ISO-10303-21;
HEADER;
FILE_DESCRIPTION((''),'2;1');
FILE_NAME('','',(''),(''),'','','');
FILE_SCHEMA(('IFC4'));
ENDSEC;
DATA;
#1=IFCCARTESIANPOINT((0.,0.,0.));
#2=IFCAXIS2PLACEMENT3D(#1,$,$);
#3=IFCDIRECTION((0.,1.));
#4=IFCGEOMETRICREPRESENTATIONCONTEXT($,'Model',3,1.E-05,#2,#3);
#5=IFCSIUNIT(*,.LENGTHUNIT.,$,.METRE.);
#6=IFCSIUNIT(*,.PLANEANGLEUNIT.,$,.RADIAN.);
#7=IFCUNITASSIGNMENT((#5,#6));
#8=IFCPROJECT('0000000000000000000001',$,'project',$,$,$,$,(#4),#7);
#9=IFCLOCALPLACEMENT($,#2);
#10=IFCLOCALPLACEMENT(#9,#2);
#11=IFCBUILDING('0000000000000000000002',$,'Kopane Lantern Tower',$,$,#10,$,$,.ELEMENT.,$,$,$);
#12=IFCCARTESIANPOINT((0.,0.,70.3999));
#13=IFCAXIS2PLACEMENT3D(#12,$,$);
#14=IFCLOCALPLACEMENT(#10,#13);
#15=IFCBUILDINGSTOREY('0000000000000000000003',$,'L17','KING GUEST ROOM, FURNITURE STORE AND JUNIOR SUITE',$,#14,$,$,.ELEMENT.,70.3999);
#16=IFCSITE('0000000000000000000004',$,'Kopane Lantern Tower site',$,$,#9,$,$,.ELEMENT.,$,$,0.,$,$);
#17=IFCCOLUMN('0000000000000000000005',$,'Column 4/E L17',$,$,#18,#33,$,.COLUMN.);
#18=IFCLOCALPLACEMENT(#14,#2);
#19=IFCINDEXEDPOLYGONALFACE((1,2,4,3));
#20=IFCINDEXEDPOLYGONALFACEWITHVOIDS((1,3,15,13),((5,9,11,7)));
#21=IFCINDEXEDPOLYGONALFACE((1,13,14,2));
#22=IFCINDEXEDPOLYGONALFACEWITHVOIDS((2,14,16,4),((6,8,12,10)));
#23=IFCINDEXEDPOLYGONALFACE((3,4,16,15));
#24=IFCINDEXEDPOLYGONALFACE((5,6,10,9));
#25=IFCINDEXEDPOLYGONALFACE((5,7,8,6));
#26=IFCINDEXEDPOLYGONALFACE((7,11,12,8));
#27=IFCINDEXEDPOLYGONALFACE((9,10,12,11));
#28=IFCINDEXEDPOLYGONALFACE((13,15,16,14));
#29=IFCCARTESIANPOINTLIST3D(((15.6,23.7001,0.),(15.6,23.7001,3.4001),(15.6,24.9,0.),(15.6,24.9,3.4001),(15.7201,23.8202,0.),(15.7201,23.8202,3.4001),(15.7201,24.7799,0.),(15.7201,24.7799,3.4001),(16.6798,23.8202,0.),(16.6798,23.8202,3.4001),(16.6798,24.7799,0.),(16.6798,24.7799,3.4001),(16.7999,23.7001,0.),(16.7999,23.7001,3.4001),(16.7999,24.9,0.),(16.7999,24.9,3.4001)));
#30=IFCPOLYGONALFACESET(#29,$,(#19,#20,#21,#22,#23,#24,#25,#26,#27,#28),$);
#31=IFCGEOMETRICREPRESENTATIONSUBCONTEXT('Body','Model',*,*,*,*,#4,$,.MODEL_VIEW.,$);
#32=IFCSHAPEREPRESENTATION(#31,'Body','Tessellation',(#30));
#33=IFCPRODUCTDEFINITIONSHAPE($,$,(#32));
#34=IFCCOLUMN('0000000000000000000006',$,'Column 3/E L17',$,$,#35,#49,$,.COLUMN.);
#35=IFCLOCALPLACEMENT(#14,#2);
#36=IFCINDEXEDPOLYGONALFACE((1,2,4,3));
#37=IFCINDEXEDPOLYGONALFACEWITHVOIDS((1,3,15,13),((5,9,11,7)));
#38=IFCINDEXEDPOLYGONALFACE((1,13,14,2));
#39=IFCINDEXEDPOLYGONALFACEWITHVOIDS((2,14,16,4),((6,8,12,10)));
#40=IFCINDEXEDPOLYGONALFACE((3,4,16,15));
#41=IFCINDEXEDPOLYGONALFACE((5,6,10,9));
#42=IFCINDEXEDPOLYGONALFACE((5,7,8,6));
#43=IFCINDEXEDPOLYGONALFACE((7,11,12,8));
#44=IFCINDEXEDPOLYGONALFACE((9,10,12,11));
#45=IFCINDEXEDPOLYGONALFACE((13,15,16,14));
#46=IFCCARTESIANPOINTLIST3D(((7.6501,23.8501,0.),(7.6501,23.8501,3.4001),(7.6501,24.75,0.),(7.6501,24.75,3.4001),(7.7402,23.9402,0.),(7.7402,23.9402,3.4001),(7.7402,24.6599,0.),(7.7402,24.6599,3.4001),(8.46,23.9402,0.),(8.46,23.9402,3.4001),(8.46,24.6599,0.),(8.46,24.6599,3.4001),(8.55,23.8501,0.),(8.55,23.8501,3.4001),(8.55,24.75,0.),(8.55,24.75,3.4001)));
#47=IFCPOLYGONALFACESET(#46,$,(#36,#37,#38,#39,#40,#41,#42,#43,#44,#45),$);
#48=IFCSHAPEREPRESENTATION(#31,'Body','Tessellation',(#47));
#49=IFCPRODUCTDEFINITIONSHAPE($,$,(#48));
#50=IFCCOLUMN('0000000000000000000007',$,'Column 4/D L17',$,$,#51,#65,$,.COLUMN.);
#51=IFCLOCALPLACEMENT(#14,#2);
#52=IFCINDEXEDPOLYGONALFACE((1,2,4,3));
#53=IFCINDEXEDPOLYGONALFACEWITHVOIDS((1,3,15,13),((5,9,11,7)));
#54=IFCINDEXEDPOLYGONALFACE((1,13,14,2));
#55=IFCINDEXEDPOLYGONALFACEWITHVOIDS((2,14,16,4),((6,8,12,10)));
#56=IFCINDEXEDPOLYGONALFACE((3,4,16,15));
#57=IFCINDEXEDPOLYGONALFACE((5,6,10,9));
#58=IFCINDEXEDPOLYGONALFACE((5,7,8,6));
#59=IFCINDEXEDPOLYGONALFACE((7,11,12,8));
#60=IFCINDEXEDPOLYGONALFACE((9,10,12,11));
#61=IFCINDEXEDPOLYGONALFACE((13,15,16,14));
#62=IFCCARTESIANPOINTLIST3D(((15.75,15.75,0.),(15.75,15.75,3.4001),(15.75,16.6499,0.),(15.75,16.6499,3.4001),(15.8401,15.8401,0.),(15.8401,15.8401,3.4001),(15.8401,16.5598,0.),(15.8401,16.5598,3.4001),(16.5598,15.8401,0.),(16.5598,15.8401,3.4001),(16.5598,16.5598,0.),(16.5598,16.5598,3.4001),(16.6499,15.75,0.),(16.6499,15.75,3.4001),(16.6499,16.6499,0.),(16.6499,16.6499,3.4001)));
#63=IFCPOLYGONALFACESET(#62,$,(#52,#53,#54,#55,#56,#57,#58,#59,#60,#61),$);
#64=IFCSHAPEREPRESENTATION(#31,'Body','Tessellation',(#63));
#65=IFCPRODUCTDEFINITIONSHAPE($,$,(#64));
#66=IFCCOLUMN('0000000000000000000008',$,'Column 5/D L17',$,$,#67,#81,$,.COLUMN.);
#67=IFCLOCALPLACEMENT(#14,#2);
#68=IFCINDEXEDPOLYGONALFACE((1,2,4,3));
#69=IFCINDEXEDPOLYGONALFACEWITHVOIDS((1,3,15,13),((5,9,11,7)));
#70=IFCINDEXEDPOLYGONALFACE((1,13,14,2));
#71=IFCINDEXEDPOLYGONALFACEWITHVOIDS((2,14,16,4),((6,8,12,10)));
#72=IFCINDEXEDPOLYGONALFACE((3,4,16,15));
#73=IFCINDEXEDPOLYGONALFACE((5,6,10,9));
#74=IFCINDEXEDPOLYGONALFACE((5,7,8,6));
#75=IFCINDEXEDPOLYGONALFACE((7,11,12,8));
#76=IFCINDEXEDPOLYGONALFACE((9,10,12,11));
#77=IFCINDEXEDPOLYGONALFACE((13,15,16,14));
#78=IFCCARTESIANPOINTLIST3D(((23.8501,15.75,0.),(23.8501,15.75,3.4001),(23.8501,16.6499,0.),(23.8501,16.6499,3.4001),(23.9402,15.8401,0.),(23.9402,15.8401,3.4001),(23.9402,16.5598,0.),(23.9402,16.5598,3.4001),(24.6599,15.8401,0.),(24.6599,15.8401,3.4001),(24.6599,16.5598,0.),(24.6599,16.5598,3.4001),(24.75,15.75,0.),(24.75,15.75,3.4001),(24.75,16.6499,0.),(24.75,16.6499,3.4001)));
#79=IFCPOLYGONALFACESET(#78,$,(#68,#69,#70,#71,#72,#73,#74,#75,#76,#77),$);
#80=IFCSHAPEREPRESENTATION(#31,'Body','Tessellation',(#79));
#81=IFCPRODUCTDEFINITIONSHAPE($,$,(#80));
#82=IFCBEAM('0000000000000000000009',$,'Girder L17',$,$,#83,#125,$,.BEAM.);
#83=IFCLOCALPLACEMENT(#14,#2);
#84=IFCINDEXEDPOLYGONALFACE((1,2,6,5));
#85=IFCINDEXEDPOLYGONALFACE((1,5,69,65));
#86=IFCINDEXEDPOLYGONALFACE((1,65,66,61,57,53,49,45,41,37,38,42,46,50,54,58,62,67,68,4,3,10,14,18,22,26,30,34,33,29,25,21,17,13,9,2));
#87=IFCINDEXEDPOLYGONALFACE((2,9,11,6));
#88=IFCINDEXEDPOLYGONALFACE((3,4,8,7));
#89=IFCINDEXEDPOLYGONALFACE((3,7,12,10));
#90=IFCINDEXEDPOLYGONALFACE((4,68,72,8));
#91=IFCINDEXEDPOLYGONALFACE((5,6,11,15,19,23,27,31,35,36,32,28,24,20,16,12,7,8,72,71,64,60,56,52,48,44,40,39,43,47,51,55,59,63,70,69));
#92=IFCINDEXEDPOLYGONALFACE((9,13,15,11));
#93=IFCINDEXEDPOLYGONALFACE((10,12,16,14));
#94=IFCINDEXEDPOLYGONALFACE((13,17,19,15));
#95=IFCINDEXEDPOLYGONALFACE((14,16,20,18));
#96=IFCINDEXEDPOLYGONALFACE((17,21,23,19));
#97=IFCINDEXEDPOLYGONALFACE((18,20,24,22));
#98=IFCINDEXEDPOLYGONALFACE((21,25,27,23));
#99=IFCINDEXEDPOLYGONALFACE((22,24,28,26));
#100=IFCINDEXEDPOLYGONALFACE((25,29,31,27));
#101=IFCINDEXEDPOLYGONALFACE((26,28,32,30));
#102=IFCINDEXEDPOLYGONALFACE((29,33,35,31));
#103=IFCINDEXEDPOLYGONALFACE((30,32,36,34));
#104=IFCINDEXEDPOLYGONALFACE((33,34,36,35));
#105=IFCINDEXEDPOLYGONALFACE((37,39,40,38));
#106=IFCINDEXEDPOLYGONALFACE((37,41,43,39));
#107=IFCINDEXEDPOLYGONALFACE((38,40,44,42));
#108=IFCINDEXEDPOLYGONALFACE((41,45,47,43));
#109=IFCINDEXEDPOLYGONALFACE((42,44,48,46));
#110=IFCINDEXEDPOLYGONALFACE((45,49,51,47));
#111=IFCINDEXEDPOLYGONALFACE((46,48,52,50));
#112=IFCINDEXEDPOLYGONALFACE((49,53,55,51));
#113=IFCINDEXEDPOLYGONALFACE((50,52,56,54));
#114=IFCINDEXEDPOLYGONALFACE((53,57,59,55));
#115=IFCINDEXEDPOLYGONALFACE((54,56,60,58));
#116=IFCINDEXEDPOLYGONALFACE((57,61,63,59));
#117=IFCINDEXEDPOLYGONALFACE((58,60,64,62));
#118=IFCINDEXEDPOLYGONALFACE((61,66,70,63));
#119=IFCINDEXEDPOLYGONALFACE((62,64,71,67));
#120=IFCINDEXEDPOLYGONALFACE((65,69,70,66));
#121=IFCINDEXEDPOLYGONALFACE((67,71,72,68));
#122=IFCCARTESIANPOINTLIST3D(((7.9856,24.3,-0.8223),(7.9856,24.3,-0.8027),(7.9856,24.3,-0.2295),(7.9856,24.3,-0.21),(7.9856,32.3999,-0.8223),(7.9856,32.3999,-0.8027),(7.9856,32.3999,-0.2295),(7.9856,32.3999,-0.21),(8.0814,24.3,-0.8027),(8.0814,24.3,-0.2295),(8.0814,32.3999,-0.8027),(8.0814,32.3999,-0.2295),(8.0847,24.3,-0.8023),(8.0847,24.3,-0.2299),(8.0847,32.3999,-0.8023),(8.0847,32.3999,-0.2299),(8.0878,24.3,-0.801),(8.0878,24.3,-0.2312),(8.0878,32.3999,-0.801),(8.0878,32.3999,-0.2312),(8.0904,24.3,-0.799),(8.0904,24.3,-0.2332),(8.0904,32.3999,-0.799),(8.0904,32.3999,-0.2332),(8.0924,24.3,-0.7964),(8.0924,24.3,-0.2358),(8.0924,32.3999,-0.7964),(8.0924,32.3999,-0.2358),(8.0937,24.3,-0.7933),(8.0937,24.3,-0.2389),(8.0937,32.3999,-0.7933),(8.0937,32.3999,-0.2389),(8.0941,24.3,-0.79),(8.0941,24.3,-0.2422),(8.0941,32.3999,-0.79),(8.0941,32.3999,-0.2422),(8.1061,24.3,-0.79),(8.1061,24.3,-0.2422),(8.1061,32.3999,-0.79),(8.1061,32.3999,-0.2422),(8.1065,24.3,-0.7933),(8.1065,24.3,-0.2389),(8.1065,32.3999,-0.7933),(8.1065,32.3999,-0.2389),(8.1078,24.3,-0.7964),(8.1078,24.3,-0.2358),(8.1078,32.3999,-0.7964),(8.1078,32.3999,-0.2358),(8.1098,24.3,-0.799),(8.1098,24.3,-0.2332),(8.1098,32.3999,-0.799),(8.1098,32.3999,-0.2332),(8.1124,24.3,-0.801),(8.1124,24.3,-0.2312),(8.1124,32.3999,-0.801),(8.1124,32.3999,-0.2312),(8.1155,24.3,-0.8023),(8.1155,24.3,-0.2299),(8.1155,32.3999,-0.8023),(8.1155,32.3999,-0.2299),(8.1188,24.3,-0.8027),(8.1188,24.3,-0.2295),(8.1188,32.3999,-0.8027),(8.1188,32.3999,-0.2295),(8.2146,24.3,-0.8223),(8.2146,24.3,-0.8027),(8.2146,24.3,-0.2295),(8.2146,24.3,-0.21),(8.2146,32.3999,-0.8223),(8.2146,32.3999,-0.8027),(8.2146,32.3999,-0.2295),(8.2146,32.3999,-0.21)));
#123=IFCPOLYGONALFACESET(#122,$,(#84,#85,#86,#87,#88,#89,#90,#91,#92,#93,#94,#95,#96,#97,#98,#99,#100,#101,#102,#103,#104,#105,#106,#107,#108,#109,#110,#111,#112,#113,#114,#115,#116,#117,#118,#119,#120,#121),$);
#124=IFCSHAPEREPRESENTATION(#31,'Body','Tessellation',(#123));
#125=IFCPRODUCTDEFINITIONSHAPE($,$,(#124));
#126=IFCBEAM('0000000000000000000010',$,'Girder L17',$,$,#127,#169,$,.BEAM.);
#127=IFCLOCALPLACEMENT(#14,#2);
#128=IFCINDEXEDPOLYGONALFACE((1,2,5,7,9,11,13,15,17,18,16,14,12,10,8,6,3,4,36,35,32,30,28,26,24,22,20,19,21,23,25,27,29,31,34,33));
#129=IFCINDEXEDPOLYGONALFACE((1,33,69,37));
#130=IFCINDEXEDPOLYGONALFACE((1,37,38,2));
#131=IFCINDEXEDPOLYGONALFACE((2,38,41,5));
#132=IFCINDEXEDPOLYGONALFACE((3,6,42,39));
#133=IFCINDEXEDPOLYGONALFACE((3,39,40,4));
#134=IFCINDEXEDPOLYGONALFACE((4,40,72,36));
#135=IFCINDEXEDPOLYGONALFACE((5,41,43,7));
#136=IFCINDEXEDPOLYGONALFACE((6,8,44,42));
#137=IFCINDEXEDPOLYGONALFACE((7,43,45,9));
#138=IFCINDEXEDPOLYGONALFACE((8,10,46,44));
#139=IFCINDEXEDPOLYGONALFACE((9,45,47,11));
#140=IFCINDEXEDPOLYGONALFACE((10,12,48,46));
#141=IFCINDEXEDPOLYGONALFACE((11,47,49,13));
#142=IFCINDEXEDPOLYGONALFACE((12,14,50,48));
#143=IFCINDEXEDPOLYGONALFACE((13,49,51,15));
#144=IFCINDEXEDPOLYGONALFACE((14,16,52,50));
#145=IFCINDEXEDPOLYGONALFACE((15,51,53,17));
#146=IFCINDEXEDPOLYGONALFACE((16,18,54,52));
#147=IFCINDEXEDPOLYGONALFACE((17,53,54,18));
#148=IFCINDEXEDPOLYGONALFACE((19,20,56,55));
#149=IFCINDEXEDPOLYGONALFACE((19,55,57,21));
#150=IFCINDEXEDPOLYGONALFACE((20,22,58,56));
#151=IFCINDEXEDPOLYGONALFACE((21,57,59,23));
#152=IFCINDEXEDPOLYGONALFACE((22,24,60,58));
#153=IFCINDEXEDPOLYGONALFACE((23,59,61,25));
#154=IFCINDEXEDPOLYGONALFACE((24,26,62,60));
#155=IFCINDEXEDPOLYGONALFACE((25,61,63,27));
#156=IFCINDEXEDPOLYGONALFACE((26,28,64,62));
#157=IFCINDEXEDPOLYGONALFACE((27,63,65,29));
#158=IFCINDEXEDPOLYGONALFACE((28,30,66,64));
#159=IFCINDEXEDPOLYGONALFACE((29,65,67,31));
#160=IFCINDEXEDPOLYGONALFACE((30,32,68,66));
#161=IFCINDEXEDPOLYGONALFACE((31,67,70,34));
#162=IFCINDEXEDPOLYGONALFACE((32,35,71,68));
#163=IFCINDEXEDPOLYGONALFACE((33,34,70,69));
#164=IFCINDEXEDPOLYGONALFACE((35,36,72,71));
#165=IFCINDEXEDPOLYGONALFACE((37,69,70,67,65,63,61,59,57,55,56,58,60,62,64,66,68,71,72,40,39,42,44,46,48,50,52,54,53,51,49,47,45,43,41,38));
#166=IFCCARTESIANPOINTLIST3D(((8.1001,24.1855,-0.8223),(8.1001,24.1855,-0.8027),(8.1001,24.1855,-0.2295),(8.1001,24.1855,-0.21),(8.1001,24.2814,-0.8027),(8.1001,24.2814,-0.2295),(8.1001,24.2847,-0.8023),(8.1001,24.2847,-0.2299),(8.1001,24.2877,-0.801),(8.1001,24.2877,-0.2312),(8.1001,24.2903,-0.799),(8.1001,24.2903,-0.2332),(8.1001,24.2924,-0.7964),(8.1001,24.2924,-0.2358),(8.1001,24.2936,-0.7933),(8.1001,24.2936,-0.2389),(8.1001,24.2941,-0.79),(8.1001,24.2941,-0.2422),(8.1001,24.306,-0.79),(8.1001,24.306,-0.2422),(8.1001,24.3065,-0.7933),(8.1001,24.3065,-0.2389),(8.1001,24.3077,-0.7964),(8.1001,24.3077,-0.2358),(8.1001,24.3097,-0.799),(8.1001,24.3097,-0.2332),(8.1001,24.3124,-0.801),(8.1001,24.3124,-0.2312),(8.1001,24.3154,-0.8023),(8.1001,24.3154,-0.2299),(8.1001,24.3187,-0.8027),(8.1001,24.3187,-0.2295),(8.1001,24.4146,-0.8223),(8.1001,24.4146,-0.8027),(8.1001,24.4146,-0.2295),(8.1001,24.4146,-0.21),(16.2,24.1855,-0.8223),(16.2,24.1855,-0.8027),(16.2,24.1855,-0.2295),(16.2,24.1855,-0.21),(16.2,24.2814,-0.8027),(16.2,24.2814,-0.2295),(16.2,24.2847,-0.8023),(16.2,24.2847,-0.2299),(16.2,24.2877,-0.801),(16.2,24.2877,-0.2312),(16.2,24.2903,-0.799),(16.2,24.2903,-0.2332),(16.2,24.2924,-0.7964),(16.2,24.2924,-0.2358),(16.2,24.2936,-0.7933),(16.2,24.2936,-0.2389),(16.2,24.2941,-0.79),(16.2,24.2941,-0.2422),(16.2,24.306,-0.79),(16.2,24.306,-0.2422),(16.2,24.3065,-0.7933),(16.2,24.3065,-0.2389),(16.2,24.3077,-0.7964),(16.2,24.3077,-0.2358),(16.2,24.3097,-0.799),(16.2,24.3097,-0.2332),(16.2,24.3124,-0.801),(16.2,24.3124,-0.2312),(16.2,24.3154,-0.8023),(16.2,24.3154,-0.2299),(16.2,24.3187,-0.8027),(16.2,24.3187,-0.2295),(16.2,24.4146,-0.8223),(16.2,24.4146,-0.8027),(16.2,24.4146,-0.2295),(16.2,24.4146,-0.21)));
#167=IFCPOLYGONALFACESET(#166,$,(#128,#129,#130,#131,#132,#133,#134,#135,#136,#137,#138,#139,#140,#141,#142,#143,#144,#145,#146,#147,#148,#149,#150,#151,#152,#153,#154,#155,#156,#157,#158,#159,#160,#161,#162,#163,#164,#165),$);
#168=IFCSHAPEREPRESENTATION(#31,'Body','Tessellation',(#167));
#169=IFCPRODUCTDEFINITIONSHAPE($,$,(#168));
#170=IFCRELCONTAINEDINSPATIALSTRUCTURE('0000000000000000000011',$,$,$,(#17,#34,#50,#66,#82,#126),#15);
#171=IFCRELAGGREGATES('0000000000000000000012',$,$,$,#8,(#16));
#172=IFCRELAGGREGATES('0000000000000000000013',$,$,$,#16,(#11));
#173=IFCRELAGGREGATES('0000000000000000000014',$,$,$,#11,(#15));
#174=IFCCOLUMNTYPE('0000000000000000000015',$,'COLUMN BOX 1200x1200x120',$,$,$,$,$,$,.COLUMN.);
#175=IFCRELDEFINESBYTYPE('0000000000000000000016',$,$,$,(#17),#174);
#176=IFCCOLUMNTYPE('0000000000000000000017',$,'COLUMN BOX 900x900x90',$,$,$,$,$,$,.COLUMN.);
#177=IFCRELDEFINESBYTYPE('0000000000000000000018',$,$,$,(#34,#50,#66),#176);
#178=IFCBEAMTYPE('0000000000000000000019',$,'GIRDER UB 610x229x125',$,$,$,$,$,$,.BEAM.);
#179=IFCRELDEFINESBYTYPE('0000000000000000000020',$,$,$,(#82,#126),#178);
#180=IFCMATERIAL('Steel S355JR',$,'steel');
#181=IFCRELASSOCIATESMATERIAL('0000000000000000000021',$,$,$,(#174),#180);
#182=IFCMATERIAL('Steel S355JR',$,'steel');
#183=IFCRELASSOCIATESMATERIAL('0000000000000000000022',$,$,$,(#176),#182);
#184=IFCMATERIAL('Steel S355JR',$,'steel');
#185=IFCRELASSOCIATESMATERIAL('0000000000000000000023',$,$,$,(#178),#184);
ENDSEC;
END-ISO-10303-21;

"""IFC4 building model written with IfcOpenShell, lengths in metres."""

from ifc_helpers import new_model, si_unit, direction, frame, origin, origin_2d, place, context, subcontext, project, spatial, hollow_rectangle, i_section, extrude, material, material_profile, profile_set, type_object, element, save


model = new_model("IFC4")

# Units and contexts
model_context = context("Model", 3, precision=1e-05, world=origin(), true_north=direction((0.0, 1.0)))
body_context = subcontext(model_context, "Body", "Model", "MODEL_VIEW")
ifc_project = project(units=[si_unit("LENGTHUNIT", "METRE"), si_unit("PLANEANGLEUNIT", "RADIAN")], contexts=[model_context])

# Site, building, storey
site_placement = place(None, origin())
site = spatial("IfcSite", under=ifc_project, at=site_placement, Name="Kopane Lantern Tower site", CompositionType="ELEMENT", RefElevation=0.0)
building_placement = place(site_placement, origin())
building = spatial("IfcBuilding", under=site, at=building_placement, Name="Kopane Lantern Tower", CompositionType="ELEMENT")
storey_placement = place(building_placement, frame((0.0, 0.0, 70.3999)))
storey = spatial("IfcBuildingStorey", under=building, at=storey_placement, Name="L17", Description="KING GUEST ROOM, FURNITURE STORE AND JUNIOR SUITE", CompositionType="ELEMENT", Elevation=70.3999)

# Columns
ifc_material_1 = material(Name="Steel S355JR", Category="steel")
ifc_material_profile_1 = material_profile(ifc_material_1, hollow_rectangle(XDim=1.2, YDim=1.2, WallThickness=0.1201, at=origin_2d()), Name="BOX 1200x1200x120")
ifc_profile_set_1 = profile_set([ifc_material_profile_1], Name="Steel S355JR")
column_type_1 = type_object("IfcColumnType", Name="COLUMN BOX 1200x1200x120", PredefinedType="COLUMN", material=ifc_profile_set_1)
column_placement = place(storey_placement, frame((16.2, 24.3, 0.0), z_axis=(0.0, 0.0, 1.0), x_axis=(1.0, 0.0, 0.0)))
element("IfcColumn", 1, at=column_placement, inside=storey, type_object=column_type_1, Name="Column 4/E L17", PredefinedType="COLUMN", context=body_context, shape_type="SweptSolid", body=[
    extrude(hollow_rectangle(XDim=1.2, YDim=1.2, WallThickness=0.1201, at=origin_2d()), origin(), (0.0, 0.0, 1.0), 3.4001),
])
ifc_material_2 = material(Name="Steel S355JR", Category="steel")
ifc_material_profile_2 = material_profile(ifc_material_2, hollow_rectangle(XDim=0.8999, YDim=0.8999, WallThickness=0.0901, at=origin_2d()), Name="BOX 900x900x90")
ifc_profile_set_2 = profile_set([ifc_material_profile_2], Name="Steel S355JR")
column_type_2 = type_object("IfcColumnType", Name="COLUMN BOX 900x900x90", PredefinedType="COLUMN", material=ifc_profile_set_2)
for number, where, z_axis, x_axis, name in (
    (2, (8.1001, 24.3, 0.0), (0.0, 0.0, 1.0), (1.0, 0.0, 0.0), "Column 3/E L17"),
    (3, (16.2, 16.2, 0.0), (0.0, 0.0, 1.0), (1.0, 0.0, 0.0), "Column 4/D L17"),
    (4, (24.3, 16.2, 0.0), (0.0, 0.0, 1.0), (1.0, 0.0, 0.0), "Column 5/D L17"),
):
    element("IfcColumn", number, at=place(storey_placement, frame(where, z_axis=z_axis, x_axis=x_axis)), inside=storey, type_object=column_type_2, Name=name, PredefinedType="COLUMN", context=body_context, shape_type="SweptSolid", body=[
        extrude(hollow_rectangle(XDim=0.8999, YDim=0.8999, WallThickness=0.0901, at=origin_2d()), origin(), (0.0, 0.0, 1.0), 3.4001),
    ])

# Beams
ifc_material_3 = material(Name="Steel S355JR", Category="steel")
ifc_material_profile_3 = material_profile(ifc_material_3, i_section(OverallWidth=0.229, OverallDepth=0.6123, WebThickness=0.012, FlangeThickness=0.0195, FilletRadius=0.0127, at=origin_2d()), Name="UB 610x229x125")
ifc_profile_set_3 = profile_set([ifc_material_profile_3], Name="Steel S355JR")
beam_type = type_object("IfcBeamType", Name="GIRDER UB 610x229x125", PredefinedType="BEAM", material=ifc_profile_set_3)
for number, where, z_axis, x_axis, name in (
    (5, (8.1001, 24.3, -0.5161), (0.0, 1.0, 0.0), (-1.0, 0.0, 0.0), "Girder L17"),
    (6, (8.1001, 24.3, -0.5161), (1.0, 0.0, 0.0), (0.0, 1.0, 0.0), "Girder L17"),
):
    element("IfcBeam", number, at=place(storey_placement, frame(where, z_axis=z_axis, x_axis=x_axis)), inside=storey, type_object=beam_type, Name=name, PredefinedType="BEAM", context=body_context, shape_type="SweptSolid", body=[
        extrude(i_section(OverallWidth=0.229, OverallDepth=0.6123, WebThickness=0.012, FlangeThickness=0.0195, FilletRadius=0.0127, at=origin_2d()), origin(), (0.0, 0.0, 1.0), 8.0999),
    ])

save(model, "model.ifc")
